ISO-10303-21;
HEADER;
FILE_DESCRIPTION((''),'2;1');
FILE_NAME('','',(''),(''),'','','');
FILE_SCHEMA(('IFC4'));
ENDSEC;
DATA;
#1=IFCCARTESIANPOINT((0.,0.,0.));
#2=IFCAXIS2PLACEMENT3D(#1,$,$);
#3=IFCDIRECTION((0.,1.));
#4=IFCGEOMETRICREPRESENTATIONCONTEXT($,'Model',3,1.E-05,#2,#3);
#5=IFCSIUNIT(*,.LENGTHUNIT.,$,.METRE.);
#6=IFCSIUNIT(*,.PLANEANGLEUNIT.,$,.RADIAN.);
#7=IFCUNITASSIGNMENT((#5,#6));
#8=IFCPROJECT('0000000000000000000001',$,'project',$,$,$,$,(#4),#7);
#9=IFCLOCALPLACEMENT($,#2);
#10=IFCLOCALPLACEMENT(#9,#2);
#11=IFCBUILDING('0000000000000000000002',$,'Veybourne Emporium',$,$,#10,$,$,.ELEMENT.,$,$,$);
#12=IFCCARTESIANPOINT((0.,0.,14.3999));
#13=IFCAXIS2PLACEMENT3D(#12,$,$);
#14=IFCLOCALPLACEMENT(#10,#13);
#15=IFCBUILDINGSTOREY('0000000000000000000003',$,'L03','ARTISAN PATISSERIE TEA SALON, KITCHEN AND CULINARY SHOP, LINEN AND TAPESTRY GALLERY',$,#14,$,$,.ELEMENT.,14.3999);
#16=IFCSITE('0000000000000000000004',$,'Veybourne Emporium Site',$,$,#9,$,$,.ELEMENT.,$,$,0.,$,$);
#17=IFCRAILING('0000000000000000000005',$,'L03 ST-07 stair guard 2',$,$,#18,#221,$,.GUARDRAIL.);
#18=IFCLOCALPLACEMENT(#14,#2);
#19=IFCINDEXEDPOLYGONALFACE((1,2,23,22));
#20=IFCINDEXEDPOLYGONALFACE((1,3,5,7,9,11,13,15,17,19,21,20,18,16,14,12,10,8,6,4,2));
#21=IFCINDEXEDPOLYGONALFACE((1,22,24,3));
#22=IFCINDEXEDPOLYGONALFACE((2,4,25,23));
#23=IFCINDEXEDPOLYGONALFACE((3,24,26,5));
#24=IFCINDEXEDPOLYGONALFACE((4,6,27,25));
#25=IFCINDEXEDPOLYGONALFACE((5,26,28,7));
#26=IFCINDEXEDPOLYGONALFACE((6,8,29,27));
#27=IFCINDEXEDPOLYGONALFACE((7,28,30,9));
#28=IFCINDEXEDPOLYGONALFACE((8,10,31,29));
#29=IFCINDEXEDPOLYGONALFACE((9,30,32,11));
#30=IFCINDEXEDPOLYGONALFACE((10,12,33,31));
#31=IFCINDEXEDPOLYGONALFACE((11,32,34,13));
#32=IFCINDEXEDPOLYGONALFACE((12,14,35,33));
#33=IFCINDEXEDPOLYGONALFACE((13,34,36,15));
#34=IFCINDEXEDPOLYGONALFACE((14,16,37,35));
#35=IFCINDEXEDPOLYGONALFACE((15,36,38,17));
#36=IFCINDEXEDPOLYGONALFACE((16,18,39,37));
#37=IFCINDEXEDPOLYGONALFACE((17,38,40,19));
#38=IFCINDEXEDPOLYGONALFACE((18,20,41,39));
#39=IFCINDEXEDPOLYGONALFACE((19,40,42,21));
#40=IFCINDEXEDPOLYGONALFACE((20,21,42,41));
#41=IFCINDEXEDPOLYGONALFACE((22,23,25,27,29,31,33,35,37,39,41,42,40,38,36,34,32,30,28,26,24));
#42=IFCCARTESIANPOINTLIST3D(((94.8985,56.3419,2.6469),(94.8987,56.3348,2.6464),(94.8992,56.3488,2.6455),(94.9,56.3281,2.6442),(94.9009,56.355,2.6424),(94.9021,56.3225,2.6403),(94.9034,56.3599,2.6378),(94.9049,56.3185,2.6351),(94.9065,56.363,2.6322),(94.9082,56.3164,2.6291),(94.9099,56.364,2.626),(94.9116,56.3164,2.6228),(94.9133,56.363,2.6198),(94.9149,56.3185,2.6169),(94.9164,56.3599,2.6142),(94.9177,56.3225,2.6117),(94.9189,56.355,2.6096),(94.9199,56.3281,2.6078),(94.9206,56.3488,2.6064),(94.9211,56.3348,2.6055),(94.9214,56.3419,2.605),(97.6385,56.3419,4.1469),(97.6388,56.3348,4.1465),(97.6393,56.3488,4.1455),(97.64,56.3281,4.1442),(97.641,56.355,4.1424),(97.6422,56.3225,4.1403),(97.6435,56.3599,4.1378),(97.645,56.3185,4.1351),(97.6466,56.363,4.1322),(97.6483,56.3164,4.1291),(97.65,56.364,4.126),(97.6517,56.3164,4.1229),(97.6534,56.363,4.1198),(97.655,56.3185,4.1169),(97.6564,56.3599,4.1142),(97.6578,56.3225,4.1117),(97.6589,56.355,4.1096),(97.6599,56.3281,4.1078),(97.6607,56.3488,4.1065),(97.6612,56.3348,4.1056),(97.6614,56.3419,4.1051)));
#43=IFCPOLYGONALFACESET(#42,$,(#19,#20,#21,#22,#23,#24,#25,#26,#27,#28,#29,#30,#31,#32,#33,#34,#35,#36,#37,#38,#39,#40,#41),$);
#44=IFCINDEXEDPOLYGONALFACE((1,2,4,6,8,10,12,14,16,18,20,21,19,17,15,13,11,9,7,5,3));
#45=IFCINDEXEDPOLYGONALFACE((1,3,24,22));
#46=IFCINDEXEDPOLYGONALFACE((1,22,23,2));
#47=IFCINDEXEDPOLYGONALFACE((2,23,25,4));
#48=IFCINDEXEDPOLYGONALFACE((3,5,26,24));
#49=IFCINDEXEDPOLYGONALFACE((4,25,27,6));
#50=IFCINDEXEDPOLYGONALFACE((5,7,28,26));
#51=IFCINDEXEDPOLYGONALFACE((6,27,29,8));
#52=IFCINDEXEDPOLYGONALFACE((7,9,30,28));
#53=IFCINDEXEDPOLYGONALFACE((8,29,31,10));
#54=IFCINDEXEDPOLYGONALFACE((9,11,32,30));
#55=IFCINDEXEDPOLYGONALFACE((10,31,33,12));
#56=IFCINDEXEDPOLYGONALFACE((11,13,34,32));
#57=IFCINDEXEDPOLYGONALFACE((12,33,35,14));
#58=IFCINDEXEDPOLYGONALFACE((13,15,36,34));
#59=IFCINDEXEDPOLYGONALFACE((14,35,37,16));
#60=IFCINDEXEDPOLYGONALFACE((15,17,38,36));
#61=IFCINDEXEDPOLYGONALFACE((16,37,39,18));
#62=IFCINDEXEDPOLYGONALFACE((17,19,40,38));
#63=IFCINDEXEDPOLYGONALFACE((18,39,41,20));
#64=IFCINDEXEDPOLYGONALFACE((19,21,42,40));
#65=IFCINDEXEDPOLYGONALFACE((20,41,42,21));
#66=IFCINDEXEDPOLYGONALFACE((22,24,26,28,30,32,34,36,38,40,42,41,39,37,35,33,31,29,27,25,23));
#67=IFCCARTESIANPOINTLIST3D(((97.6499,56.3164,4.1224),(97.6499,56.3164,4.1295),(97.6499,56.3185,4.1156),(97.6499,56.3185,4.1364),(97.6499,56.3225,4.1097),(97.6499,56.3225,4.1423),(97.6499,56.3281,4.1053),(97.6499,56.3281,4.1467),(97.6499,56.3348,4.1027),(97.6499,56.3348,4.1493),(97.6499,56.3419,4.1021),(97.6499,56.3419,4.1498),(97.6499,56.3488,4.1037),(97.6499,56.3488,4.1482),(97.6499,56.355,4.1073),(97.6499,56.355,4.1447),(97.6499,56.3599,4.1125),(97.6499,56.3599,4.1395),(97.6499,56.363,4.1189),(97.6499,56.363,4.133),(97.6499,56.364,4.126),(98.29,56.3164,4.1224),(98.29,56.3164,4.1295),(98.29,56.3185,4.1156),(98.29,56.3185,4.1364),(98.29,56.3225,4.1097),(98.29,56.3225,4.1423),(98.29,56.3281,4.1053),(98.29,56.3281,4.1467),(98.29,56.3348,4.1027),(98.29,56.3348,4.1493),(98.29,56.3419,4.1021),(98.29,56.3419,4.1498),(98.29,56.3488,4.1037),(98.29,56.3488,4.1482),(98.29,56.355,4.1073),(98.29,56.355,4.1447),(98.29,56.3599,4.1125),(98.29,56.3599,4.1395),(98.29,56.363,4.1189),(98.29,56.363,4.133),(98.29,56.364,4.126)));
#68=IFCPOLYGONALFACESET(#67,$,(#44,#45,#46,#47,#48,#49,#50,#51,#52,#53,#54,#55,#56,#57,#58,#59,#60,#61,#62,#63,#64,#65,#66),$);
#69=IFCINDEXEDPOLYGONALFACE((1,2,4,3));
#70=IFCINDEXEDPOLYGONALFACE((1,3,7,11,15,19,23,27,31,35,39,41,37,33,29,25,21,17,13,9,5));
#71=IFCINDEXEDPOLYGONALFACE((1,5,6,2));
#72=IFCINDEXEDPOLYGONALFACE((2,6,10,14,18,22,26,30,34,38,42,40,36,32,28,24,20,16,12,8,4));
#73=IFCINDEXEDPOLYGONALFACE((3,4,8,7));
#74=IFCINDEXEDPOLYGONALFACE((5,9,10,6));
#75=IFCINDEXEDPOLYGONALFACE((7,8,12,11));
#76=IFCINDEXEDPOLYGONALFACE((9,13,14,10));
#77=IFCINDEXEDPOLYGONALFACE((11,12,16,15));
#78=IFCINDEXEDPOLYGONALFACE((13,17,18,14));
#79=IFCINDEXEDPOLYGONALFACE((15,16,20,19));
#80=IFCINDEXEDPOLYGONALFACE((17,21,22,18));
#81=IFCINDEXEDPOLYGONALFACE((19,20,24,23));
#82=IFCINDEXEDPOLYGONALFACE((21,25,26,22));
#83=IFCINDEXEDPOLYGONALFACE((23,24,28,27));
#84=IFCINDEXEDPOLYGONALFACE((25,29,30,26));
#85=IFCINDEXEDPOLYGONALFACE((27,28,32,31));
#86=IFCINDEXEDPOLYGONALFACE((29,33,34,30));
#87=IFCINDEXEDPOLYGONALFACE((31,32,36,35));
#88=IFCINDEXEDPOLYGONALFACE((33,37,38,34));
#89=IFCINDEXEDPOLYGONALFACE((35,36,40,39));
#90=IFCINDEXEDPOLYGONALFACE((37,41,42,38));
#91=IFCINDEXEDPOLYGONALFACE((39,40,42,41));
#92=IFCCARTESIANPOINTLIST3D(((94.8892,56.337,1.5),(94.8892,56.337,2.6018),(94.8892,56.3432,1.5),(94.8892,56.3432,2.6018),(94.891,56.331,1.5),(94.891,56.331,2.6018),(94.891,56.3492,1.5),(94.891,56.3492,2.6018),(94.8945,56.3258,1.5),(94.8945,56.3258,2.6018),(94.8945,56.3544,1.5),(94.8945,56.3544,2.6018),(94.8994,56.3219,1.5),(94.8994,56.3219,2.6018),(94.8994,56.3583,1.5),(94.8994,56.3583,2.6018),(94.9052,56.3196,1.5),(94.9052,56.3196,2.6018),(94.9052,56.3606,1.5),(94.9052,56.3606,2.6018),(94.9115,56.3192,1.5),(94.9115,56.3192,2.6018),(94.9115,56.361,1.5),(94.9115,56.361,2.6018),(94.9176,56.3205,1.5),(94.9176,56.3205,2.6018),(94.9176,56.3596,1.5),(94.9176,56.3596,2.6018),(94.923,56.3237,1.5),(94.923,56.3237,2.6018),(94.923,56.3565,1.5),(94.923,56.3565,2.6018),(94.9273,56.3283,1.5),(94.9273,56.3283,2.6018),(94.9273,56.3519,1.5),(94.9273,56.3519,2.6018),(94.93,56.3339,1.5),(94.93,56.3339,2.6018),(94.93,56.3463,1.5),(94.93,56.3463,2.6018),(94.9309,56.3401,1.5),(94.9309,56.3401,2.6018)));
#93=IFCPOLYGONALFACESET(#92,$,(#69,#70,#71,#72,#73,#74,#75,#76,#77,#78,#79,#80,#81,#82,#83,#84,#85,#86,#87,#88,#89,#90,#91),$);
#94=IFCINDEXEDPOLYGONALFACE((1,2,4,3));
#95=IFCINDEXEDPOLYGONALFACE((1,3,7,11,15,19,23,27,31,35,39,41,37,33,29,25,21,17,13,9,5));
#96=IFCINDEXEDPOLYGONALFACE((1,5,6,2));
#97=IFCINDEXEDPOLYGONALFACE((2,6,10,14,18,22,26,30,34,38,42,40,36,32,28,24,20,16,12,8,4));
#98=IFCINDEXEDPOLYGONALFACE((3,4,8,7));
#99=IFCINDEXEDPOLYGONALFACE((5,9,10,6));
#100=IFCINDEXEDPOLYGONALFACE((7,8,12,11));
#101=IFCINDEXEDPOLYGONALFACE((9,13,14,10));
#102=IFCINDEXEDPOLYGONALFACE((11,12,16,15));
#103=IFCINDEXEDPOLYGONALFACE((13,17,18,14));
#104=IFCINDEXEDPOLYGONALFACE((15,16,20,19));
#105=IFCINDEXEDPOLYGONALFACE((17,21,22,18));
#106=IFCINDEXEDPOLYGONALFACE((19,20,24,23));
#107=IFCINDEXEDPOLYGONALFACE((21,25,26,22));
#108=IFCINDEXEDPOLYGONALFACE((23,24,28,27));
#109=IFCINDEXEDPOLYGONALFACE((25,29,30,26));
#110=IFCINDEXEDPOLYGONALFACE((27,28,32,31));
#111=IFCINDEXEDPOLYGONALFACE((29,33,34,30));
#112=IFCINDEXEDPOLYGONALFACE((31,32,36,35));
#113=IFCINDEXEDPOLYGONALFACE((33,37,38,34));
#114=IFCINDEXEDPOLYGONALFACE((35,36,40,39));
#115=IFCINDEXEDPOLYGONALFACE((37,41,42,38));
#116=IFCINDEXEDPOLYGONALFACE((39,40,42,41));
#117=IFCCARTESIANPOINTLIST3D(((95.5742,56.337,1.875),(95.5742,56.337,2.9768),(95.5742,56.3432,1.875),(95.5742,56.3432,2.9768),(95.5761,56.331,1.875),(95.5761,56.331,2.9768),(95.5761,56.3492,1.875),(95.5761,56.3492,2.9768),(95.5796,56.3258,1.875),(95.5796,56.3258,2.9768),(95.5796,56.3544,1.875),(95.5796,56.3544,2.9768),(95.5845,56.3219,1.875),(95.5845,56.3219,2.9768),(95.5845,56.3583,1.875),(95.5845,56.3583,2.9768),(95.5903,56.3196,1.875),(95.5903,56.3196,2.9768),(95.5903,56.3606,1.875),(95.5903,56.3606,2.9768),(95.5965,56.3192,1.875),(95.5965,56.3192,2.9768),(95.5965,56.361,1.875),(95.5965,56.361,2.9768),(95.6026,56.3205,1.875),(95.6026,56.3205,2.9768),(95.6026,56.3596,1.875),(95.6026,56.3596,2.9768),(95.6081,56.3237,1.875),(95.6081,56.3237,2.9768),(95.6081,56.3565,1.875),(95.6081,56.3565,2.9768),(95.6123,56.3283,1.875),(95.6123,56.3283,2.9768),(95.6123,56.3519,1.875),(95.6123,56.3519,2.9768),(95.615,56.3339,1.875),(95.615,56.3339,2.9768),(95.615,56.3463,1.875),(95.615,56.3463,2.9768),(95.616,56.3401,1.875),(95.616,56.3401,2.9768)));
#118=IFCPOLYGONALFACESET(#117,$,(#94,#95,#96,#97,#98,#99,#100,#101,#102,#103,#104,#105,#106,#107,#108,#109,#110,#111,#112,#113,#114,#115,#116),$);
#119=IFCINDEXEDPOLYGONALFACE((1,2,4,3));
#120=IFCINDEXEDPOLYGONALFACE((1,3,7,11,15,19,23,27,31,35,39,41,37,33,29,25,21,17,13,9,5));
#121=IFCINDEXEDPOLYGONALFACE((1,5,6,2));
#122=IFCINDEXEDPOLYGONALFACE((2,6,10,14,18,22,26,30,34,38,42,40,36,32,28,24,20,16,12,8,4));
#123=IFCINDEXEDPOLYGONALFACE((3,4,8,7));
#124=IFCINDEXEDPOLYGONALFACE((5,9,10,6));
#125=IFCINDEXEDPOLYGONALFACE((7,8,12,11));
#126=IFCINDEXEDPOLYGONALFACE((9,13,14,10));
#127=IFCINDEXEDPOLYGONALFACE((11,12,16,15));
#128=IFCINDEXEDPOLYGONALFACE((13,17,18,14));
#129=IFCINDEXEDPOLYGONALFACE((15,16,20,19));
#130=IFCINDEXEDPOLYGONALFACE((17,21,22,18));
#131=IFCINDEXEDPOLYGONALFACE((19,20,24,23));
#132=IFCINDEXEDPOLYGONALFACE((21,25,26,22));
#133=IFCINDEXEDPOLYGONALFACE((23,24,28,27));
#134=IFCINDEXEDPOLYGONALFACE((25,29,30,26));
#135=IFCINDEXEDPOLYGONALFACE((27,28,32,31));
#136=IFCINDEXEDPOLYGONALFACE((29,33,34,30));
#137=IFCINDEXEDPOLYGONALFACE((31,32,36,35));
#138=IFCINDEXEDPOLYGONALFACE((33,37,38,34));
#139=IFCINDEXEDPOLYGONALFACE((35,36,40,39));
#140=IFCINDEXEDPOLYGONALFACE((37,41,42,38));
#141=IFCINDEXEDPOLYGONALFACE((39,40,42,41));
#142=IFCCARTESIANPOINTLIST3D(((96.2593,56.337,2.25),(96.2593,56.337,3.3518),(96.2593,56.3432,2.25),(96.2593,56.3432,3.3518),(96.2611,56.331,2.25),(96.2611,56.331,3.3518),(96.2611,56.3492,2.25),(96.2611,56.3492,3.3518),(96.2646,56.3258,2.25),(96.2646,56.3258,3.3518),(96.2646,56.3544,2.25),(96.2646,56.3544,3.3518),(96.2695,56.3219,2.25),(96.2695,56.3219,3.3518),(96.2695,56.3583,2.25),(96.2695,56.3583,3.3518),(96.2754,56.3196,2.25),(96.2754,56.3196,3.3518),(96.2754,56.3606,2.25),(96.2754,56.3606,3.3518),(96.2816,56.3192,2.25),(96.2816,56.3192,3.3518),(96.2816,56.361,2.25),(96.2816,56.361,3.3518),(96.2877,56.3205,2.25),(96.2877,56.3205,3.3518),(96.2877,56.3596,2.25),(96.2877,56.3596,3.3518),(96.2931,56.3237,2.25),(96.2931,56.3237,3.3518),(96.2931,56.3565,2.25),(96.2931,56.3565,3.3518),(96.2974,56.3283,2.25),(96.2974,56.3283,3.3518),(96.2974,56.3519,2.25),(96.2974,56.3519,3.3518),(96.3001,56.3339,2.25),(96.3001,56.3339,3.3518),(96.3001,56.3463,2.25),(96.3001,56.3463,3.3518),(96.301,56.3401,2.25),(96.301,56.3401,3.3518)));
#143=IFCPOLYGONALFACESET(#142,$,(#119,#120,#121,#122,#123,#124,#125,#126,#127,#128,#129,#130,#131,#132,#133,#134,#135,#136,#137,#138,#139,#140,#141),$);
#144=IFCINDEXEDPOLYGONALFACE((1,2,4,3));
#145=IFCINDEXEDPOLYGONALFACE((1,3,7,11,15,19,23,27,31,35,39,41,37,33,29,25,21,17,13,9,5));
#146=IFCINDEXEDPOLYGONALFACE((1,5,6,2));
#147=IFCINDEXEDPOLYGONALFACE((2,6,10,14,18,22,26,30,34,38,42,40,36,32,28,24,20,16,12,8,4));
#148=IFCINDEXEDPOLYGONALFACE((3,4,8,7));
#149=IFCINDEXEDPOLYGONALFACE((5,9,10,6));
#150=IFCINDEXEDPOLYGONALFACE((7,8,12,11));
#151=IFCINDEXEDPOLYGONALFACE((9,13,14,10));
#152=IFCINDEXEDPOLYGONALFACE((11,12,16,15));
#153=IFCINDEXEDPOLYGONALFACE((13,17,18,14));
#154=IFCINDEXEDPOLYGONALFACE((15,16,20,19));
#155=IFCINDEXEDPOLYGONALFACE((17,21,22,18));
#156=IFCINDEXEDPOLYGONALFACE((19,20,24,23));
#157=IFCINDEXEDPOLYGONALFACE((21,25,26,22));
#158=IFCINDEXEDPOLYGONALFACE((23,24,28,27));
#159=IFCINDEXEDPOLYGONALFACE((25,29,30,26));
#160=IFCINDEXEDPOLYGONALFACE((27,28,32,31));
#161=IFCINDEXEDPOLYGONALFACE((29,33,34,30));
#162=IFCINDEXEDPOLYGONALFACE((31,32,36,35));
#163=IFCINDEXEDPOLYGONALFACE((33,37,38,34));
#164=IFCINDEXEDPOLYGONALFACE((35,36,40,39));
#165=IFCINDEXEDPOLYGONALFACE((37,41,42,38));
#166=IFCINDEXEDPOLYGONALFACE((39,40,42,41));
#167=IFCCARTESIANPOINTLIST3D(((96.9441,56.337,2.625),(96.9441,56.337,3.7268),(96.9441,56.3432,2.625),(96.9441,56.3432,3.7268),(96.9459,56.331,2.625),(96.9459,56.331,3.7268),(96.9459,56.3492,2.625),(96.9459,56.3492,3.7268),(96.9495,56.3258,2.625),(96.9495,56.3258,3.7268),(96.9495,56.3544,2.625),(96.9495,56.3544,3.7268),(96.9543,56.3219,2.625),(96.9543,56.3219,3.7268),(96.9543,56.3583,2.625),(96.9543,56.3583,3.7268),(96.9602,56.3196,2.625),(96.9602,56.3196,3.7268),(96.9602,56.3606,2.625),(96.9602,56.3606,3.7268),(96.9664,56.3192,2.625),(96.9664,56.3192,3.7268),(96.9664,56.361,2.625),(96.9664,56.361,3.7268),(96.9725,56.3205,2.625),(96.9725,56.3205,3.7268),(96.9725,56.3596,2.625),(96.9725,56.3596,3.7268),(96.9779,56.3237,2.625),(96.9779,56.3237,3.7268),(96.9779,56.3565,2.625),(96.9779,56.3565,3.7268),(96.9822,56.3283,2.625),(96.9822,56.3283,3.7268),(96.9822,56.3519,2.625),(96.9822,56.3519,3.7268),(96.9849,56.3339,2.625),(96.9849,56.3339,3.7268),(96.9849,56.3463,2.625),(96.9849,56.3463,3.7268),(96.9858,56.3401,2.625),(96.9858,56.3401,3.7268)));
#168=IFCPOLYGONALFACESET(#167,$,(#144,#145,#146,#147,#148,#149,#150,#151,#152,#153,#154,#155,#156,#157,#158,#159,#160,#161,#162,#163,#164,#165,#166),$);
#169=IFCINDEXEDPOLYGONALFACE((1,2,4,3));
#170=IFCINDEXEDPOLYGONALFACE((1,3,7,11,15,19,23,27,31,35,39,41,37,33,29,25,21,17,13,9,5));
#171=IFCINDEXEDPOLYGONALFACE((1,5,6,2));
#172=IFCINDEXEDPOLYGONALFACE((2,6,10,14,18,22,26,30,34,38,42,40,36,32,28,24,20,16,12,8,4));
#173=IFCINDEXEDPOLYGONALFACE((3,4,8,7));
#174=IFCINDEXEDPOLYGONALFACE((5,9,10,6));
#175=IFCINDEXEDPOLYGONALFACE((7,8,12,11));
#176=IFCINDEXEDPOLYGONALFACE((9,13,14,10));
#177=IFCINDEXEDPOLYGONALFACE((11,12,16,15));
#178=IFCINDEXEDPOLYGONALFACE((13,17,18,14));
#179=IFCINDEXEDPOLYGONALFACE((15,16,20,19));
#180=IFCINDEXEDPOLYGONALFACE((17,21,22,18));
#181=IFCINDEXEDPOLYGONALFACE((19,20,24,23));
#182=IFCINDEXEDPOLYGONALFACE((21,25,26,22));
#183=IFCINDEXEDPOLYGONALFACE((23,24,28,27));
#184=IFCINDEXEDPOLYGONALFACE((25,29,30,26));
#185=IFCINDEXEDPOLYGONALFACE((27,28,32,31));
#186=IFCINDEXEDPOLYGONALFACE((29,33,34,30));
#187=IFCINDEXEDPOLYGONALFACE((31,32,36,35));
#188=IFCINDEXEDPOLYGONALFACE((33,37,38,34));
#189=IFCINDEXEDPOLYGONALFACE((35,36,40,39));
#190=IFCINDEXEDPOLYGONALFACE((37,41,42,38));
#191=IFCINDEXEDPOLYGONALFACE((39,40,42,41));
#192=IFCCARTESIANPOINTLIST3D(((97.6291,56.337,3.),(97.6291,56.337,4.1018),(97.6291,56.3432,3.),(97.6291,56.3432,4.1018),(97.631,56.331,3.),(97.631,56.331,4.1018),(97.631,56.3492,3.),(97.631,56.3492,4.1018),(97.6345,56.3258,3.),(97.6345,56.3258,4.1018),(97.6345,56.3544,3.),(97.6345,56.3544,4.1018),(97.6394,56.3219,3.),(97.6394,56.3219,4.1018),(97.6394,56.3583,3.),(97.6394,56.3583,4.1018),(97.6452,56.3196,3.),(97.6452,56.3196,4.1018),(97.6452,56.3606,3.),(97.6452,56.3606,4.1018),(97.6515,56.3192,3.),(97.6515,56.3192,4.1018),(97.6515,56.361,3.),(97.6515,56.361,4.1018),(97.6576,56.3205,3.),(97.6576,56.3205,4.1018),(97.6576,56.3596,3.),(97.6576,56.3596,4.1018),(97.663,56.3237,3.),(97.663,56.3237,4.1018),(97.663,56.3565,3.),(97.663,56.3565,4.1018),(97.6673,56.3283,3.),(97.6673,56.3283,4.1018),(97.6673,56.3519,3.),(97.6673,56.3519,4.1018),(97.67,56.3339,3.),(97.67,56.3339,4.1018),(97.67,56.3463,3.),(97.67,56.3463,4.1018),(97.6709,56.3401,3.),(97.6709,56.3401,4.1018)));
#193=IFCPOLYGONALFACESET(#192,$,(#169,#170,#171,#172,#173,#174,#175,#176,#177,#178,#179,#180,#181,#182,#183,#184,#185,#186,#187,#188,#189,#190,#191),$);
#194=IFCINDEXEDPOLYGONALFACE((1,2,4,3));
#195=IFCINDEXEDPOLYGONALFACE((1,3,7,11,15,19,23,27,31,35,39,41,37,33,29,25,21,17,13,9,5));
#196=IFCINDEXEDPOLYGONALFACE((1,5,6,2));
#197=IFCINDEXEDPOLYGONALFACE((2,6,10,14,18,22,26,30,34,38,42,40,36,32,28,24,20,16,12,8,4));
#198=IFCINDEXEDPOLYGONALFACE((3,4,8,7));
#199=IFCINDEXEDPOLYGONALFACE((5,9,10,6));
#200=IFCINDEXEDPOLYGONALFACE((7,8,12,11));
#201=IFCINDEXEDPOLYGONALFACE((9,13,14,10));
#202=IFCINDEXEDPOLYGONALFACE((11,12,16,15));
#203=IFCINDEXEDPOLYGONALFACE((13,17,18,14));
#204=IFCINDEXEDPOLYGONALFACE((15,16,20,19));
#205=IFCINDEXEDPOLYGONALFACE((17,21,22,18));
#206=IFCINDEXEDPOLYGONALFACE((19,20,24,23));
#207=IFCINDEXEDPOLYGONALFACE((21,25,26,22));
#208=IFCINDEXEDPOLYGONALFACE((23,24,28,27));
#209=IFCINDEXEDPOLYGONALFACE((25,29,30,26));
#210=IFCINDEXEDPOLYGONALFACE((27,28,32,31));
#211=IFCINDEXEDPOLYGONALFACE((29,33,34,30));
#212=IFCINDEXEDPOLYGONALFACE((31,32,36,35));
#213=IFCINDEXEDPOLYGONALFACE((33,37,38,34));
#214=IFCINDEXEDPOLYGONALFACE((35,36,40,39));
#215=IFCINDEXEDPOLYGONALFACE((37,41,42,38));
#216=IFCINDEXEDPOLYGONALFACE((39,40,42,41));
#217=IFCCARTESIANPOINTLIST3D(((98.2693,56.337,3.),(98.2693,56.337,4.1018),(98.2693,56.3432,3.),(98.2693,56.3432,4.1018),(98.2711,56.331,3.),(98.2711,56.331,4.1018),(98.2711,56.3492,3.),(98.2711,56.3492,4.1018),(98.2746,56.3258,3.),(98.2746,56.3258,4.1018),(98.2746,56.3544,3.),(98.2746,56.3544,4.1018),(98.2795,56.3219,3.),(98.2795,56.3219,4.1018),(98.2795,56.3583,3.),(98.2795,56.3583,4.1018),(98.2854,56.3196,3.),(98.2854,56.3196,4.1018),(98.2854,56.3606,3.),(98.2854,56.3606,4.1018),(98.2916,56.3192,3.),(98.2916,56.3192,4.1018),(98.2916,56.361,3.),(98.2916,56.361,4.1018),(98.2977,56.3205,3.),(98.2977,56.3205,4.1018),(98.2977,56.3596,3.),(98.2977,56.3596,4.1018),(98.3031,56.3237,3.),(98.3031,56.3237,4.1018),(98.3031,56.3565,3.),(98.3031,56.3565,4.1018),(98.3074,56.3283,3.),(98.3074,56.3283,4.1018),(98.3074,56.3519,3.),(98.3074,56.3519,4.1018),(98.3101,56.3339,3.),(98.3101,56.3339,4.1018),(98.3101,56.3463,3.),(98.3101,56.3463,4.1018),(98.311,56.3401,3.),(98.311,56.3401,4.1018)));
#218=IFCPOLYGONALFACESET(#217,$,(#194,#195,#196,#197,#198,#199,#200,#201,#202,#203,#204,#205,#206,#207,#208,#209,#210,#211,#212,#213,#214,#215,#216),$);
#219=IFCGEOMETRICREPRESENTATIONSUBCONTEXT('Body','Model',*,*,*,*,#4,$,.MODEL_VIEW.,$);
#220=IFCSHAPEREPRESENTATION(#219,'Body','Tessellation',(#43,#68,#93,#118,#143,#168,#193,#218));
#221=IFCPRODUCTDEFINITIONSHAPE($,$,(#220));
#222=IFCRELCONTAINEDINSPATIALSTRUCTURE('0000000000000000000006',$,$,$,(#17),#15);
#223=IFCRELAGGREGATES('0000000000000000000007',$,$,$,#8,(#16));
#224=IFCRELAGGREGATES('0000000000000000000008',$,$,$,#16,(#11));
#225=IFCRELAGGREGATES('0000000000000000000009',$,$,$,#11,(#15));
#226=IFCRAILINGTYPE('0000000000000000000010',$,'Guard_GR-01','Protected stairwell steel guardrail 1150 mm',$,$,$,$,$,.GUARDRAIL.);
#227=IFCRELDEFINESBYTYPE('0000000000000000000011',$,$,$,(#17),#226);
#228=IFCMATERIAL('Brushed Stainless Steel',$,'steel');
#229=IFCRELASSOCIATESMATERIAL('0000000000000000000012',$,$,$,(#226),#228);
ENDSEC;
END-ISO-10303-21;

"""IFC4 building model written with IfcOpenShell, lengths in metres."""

from ifc_helpers import new_model, si_unit, direction, frame, origin, origin_2d, place, context, subcontext, project, spatial, circle, extrude, material, type_object, element, save


model = new_model("IFC4")

# Units and contexts
model_context = context("Model", 3, precision=1e-05, world=origin(), true_north=direction((0.0, 1.0)))
body_context = subcontext(model_context, "Body", "Model", "MODEL_VIEW")
ifc_project = project(units=[si_unit("LENGTHUNIT", "METRE"), si_unit("PLANEANGLEUNIT", "RADIAN")], contexts=[model_context])

# Site, building, storey
site_placement = place(None, origin())
site = spatial("IfcSite", under=ifc_project, at=site_placement, Name="Veybourne Emporium Site", CompositionType="ELEMENT", RefElevation=0.0)
building_placement = place(site_placement, origin())
building = spatial("IfcBuilding", under=site, at=building_placement, Name="Veybourne Emporium", CompositionType="ELEMENT")
storey_placement = place(building_placement, frame((0.0, 0.0, 14.3999)))
storey = spatial("IfcBuildingStorey", under=building, at=storey_placement, Name="L03", Description="ARTISAN PATISSERIE TEA SALON, KITCHEN AND CULINARY SHOP, LINEN AND TAPESTRY GALLERY", CompositionType="ELEMENT", Elevation=14.3999)

# Railing
ifc_material_1 = material(Name="Brushed Stainless Steel", Category="steel")
railing_type_1 = type_object("IfcRailingType", Name="Guard_GR-01", Description="Protected stairwell steel guardrail 1150 mm", PredefinedType="GUARDRAIL", material=ifc_material_1)
railing_1_placement = place(storey_placement, frame((94.9099, 56.3401, 1.5)))
element("IfcRailing", 1, at=railing_1_placement, inside=storey, type_object=railing_type_1, Name="L03 ST-07 stair guard 2", PredefinedType="GUARDRAIL", context=body_context, shape_type="SweptSolid", body=[
    extrude(circle(Radius=0.0239, at=origin_2d()), frame((0.0, 0.0, 1.126), z_axis=(0.87716, 0.0, 0.480199), x_axis=(0.0, 1.0, 0.0)), (0.0, 0.0, 1.0), 3.1238),
    extrude(circle(Radius=0.0239, at=origin_2d()), frame((2.74, 0.0, 2.626), z_axis=(1.0, 0.0, 0.0), x_axis=(0.0, 1.0, 0.0)), (0.0, 0.0, 1.0), 0.6401),
    extrude(circle(Radius=0.021, at=origin_2d()), origin(), (0.0, 0.0, 1.0), 1.1018),
    extrude(circle(Radius=0.021, at=origin_2d()), frame((0.6851, 0.0, 0.375)), (0.0, 0.0, 1.0), 1.1018),
    extrude(circle(Radius=0.021, at=origin_2d()), frame((1.3701, 0.0, 0.75)), (0.0, 0.0, 1.0), 1.1018),
    extrude(circle(Radius=0.021, at=origin_2d()), frame((2.0549, 0.0, 1.125)), (0.0, 0.0, 1.0), 1.1018),
    extrude(circle(Radius=0.021, at=origin_2d()), frame((2.74, 0.0, 1.5)), (0.0, 0.0, 1.0), 1.1018),
    extrude(circle(Radius=0.021, at=origin_2d()), frame((3.3801, 0.0, 1.5)), (0.0, 0.0, 1.0), 1.1018),
])

save(model, "model.ifc")
